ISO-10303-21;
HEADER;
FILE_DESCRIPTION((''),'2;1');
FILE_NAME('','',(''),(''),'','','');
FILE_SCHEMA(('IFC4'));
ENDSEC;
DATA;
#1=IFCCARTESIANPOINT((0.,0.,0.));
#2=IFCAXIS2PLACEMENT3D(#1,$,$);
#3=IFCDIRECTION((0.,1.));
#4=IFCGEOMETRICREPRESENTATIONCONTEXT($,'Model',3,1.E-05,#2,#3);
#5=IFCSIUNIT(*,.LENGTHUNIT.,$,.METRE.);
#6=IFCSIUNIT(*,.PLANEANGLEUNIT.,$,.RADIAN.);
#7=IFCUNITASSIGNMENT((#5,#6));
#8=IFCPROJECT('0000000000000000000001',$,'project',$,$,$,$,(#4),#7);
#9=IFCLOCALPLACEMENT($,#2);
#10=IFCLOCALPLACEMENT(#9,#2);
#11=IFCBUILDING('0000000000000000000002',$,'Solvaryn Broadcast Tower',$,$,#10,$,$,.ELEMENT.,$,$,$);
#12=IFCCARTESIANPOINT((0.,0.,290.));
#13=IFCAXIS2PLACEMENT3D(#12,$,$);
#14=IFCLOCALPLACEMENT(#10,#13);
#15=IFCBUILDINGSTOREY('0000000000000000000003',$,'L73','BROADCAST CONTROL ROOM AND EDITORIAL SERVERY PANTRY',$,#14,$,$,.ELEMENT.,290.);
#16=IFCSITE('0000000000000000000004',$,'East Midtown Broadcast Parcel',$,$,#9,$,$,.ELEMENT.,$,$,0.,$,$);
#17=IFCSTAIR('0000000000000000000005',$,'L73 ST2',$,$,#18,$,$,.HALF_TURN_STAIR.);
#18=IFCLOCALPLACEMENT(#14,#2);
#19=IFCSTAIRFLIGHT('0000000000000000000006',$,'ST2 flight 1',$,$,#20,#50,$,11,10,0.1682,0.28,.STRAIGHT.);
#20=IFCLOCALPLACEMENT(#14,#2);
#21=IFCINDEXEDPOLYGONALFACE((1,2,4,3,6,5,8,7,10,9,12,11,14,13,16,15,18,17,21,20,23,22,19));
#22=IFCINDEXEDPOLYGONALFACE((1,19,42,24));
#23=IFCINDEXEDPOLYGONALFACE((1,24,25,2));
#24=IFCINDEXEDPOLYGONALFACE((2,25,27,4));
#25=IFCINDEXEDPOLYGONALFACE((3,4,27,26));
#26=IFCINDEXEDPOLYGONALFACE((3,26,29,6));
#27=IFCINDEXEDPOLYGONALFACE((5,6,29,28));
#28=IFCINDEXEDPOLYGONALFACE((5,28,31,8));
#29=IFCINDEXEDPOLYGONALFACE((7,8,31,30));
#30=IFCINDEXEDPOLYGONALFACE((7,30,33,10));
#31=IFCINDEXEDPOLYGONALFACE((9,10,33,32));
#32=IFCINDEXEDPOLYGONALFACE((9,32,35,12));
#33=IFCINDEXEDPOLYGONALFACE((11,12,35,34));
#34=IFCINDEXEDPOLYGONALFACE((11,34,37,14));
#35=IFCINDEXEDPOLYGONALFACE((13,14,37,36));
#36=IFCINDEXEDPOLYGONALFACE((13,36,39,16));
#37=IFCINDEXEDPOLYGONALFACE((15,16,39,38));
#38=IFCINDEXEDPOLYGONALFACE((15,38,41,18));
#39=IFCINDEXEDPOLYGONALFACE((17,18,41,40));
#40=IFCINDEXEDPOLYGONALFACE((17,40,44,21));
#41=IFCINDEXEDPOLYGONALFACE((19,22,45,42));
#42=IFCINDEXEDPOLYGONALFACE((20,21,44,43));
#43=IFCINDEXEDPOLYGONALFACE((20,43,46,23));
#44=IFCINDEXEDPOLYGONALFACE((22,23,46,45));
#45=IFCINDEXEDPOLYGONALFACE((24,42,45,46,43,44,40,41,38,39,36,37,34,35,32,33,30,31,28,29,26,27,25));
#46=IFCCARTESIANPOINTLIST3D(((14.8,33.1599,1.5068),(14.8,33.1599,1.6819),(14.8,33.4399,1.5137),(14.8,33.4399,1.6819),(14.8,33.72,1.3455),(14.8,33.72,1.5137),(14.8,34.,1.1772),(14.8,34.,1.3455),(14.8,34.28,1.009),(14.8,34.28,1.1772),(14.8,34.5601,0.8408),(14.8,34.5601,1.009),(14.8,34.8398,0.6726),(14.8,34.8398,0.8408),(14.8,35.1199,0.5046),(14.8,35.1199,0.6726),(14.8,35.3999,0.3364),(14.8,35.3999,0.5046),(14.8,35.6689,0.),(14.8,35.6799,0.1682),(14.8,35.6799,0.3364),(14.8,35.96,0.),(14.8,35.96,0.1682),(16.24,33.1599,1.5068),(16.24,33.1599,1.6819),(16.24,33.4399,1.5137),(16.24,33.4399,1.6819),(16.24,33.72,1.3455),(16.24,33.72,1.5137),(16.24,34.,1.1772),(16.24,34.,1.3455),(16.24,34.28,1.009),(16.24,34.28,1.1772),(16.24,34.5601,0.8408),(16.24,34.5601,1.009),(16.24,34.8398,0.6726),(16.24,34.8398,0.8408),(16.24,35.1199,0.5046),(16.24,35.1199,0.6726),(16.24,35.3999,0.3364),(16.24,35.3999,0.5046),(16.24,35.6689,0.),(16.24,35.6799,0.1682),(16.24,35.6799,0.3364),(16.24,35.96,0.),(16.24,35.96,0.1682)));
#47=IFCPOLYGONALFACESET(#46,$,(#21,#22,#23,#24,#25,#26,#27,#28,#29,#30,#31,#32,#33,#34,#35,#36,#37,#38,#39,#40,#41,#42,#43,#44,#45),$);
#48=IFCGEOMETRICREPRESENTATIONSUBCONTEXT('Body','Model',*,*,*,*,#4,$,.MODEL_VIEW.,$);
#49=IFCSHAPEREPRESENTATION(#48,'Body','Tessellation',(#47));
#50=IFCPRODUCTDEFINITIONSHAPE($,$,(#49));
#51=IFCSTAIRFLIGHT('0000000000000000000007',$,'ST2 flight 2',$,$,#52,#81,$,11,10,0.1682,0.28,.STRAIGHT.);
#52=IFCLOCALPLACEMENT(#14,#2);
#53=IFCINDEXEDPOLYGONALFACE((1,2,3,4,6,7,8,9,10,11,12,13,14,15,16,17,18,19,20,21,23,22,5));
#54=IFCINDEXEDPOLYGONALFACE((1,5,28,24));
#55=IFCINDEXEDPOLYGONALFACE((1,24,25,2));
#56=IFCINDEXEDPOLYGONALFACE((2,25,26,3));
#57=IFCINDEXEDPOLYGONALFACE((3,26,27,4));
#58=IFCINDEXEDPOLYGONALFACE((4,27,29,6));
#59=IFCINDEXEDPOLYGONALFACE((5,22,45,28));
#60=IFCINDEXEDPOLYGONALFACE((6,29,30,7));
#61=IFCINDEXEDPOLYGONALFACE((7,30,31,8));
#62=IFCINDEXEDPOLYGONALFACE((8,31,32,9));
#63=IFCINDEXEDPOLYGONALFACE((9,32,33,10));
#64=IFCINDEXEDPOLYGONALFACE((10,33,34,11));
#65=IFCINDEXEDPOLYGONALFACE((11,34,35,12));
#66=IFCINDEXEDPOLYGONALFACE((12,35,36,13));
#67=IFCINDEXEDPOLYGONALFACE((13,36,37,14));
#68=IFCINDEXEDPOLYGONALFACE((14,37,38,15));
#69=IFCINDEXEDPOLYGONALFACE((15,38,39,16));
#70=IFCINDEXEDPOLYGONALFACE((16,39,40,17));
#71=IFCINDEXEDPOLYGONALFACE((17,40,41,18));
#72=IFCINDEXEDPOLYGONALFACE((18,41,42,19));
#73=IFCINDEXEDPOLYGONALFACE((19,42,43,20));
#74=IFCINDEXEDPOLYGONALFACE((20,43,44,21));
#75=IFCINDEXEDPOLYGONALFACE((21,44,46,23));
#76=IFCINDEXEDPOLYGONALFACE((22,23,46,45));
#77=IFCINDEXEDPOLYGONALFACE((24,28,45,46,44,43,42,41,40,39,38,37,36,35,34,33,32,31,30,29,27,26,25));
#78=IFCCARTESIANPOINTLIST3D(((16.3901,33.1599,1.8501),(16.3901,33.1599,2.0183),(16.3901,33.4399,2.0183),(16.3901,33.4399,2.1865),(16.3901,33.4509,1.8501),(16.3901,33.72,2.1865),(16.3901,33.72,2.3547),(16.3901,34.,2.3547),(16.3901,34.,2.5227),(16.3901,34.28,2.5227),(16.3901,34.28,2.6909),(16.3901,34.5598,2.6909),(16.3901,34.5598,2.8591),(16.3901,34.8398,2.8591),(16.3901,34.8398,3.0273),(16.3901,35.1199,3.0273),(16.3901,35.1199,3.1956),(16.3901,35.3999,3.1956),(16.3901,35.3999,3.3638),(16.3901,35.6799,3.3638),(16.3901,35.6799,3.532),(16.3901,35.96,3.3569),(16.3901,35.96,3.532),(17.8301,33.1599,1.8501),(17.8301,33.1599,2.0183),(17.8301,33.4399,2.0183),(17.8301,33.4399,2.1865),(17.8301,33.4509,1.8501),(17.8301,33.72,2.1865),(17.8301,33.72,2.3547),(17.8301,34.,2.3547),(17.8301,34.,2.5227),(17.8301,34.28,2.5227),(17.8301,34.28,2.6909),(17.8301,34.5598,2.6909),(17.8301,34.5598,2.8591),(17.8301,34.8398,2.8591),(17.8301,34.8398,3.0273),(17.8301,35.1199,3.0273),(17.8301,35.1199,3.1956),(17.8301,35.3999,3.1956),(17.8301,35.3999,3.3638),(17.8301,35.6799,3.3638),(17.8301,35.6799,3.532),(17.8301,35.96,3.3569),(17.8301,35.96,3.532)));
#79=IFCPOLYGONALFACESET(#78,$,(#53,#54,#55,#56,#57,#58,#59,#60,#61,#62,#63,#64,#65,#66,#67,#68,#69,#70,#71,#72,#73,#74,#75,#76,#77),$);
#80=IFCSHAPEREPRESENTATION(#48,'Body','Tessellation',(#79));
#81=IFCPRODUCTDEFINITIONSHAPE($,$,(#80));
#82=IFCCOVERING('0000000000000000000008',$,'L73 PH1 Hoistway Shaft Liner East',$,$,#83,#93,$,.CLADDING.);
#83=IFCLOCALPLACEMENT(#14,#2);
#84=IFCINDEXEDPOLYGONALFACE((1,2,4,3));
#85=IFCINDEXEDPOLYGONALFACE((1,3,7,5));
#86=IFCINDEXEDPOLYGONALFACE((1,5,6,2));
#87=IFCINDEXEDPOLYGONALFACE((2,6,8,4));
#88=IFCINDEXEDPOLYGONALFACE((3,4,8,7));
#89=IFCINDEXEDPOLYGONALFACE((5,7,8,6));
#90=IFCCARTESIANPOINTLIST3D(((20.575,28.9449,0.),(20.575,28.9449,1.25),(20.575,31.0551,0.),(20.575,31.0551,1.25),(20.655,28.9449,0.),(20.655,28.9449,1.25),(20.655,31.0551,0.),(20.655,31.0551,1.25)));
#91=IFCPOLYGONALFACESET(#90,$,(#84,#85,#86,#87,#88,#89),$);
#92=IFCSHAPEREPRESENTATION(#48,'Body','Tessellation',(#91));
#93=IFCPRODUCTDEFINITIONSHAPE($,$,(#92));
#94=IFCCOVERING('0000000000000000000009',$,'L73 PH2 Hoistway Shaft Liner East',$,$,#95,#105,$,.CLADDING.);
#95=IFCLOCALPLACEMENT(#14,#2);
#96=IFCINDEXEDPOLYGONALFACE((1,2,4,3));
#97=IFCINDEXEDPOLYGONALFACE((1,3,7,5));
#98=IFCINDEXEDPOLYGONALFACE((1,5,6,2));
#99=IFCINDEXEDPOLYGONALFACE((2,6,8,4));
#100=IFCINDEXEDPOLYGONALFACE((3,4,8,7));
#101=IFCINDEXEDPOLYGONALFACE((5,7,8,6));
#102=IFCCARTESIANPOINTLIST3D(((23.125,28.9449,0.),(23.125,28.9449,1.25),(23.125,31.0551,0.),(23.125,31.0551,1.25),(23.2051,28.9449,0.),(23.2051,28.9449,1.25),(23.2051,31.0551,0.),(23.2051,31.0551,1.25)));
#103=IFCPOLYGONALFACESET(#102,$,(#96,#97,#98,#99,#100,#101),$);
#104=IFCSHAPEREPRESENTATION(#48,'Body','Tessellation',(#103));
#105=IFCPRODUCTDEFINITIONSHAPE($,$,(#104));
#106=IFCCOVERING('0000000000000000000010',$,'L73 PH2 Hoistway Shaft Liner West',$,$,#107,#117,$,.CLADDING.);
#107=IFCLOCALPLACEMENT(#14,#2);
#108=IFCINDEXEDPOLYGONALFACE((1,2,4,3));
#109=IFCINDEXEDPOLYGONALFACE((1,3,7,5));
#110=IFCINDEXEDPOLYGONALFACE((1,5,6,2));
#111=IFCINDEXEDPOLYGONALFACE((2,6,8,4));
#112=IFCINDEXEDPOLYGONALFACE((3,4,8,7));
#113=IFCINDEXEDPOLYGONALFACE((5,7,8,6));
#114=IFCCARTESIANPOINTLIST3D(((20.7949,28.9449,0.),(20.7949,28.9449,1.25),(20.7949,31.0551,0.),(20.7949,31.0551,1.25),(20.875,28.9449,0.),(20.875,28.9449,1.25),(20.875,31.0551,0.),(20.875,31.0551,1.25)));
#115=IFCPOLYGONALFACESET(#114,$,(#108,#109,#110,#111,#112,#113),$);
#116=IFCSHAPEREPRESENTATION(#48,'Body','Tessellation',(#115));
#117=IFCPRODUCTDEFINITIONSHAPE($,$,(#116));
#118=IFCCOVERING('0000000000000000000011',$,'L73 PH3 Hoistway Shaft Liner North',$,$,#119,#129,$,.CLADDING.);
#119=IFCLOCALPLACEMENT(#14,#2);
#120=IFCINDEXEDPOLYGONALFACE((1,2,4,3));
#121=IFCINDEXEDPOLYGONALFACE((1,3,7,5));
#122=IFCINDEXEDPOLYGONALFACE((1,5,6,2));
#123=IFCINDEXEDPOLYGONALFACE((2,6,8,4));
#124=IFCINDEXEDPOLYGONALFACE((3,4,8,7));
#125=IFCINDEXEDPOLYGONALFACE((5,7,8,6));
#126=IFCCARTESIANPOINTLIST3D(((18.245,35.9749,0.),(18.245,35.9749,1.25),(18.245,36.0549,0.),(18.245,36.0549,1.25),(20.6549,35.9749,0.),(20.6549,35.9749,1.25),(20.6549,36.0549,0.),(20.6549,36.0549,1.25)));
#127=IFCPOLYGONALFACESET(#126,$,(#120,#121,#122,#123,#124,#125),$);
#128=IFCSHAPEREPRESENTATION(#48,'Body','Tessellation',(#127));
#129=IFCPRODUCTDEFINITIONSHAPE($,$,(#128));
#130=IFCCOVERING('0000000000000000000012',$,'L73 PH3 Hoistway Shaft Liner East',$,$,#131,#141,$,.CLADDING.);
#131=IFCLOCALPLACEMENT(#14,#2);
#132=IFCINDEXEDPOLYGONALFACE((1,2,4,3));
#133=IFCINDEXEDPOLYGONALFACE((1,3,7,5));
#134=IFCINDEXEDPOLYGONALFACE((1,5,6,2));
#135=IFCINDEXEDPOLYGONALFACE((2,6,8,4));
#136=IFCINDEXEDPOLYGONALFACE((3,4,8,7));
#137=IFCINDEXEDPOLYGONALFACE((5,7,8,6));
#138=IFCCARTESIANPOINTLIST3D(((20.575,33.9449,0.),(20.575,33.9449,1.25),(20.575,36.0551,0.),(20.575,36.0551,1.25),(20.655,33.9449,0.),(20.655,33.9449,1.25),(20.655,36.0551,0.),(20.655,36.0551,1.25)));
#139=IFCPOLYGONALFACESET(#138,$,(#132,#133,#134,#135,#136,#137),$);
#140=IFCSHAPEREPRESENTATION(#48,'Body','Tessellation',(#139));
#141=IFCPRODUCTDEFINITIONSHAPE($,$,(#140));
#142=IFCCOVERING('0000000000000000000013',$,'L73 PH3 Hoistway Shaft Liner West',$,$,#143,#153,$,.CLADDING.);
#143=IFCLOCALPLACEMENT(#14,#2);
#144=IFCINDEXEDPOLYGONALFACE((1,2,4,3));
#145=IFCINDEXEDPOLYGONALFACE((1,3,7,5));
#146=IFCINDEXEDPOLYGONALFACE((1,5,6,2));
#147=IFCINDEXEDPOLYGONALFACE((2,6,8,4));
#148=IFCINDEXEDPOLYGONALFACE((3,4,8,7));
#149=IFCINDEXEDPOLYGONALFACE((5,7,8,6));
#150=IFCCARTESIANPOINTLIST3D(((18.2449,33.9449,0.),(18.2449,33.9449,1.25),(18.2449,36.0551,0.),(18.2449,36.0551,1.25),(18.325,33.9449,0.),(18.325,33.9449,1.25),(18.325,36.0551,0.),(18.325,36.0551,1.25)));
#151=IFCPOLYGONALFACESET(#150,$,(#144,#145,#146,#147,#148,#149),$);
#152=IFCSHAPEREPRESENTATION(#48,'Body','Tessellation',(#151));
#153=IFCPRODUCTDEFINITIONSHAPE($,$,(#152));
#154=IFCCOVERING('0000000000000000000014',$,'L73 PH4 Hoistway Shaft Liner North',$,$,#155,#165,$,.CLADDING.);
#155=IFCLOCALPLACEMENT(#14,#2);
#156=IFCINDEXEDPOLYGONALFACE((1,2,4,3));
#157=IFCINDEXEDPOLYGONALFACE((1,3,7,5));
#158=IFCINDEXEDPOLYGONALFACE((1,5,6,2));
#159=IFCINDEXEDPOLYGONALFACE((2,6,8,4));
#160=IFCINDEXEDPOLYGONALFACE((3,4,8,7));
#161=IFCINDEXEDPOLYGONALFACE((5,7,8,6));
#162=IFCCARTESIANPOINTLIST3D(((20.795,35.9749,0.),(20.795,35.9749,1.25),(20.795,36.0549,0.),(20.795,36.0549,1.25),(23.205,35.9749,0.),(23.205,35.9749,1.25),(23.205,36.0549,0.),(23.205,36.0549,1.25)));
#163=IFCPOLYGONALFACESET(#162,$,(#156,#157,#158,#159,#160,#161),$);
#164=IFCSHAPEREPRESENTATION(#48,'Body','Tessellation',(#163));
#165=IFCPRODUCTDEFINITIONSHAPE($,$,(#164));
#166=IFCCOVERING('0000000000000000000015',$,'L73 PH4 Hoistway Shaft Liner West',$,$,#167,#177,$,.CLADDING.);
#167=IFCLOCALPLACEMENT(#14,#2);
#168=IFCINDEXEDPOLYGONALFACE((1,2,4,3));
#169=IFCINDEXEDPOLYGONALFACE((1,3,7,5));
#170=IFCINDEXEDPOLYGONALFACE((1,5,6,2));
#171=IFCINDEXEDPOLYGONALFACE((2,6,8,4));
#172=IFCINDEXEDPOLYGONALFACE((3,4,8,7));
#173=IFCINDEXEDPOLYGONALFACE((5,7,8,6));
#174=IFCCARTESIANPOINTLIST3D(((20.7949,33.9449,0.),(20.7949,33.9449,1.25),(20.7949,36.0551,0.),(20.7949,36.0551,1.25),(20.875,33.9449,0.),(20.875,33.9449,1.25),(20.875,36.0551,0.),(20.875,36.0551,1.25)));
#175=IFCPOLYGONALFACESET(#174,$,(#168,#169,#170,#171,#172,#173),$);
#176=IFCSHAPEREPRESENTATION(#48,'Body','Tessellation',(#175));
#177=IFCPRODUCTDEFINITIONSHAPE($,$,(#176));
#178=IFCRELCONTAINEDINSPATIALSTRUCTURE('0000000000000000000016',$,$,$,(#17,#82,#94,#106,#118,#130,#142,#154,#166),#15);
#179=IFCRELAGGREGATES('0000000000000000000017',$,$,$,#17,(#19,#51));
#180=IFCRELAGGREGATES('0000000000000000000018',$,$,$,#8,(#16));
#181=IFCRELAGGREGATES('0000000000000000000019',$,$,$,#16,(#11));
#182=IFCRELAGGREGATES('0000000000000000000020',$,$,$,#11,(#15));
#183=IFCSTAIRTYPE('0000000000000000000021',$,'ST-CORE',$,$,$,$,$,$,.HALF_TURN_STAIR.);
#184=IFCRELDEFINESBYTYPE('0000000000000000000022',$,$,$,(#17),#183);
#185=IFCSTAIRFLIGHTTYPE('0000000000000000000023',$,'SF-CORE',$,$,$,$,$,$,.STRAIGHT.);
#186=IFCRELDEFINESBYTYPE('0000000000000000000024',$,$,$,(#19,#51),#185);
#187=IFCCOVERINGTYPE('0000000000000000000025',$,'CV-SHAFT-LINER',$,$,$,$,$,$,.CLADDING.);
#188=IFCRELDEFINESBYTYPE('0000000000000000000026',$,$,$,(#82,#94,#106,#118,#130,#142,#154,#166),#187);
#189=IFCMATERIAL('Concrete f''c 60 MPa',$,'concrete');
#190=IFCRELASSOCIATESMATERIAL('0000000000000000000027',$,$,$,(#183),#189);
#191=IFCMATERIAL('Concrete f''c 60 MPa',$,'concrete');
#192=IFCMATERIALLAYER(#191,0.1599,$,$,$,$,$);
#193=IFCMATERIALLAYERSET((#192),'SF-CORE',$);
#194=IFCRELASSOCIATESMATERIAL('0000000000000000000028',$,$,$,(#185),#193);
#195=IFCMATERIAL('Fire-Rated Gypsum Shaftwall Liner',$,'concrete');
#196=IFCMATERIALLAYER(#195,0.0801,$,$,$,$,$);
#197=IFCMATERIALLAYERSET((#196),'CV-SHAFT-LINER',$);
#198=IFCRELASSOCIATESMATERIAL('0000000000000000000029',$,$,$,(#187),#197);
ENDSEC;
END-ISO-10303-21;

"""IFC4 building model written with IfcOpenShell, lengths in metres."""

from ifc_helpers import new_model, si_unit, direction, frame, origin, origin_2d, place, context, subcontext, project, spatial, polyline, rectangle, outline, extrude, material, layer, layer_set, type_object, element, aggregate, save


model = new_model("IFC4")

# Units and contexts
model_context = context("Model", 3, precision=1e-05, world=origin(), true_north=direction((0.0, 1.0)))
body_context = subcontext(model_context, "Body", "Model", "MODEL_VIEW")
ifc_project = project(units=[si_unit("LENGTHUNIT", "METRE"), si_unit("PLANEANGLEUNIT", "RADIAN")], contexts=[model_context])

# Site, building, storey
site_placement = place(None, origin())
site = spatial("IfcSite", under=ifc_project, at=site_placement, Name="East Midtown Broadcast Parcel", CompositionType="ELEMENT", RefElevation=0.0)
building_placement = place(site_placement, origin())
building = spatial("IfcBuilding", under=site, at=building_placement, Name="Solvaryn Broadcast Tower", CompositionType="ELEMENT")
storey_placement = place(building_placement, frame((0.0, 0.0, 290.0)))
storey = spatial("IfcBuildingStorey", under=building, at=storey_placement, Name="L73", Description="BROADCAST CONTROL ROOM AND EDITORIAL SERVERY PANTRY", CompositionType="ELEMENT", Elevation=290.0)

# Stair, stair flights
ifc_material_1 = material(Name="Concrete f'c 60 MPa", Category="concrete")
stair_type = type_object("IfcStairType", Name="ST-CORE", PredefinedType="HALF_TURN_STAIR", material=ifc_material_1)
stair_placement = place(storey_placement, origin())
stair = element("IfcStair", 1, at=stair_placement, inside=storey, type_object=stair_type, Name="L73 ST2", PredefinedType="HALF_TURN_STAIR")
ifc_material_2 = material(Name="Concrete f'c 60 MPa", Category="concrete")
ifc_layer_1 = layer(ifc_material_2, 0.1599)
ifc_layer_set_1 = layer_set([ifc_layer_1], Name="SF-CORE")
stair_flight_type = type_object("IfcStairFlightType", Name="SF-CORE", PredefinedType="STRAIGHT", material=ifc_layer_set_1)
stair_flight_1_placement = place(storey_placement, frame((15.52, 35.96, 0.0), z_axis=(0.0, 0.0, 1.0), x_axis=(0.0, -1.0, 0.0)))
stair_flight_1 = element("IfcStairFlight", 2, at=stair_flight_1_placement, type_object=stair_flight_type, Name="ST2 flight 1", NumberOfRisers=11, NumberOfTreads=10, PredefinedType="STRAIGHT", RiserHeight=0.1682, TreadLength=0.28, context=body_context, shape_type="SweptSolid", body=[
    extrude(outline(polyline([(0.0, 0.0), (0.0, 0.1682), (0.28, 0.1682), (0.28, 0.3364), (0.5601, 0.3364), (0.5601, 0.5046), (0.8401, 0.5046), (0.8401, 0.6726), (1.1201, 0.6726), (1.1201, 0.8408), (1.3999, 0.8408), (1.3999, 1.009), (1.6799, 1.009), (1.6799, 1.1772), (1.96, 1.1772), (1.96, 1.3455), (2.24, 1.3455), (2.24, 1.5137), (2.52, 1.5137), (2.52, 1.6819), (2.8, 1.6819), (2.8, 1.8501), (2.8, 1.5068), (0.291, 0.0), (0.0, 0.0)])), frame((0.0, 0.72, 0.0), z_axis=(0.0, -1.0, 0.0), x_axis=(1.0, 0.0, 0.0)), (0.0, 0.0, 1.0), 1.4399),
])
stair_flight_2_placement = place(storey_placement, frame((17.1101, 33.1599, 1.8501), z_axis=(0.0, 0.0, 1.0), x_axis=(0.0, 1.0, 0.0)))
stair_flight_2 = element("IfcStairFlight", 3, at=stair_flight_2_placement, type_object=stair_flight_type, Name="ST2 flight 2", NumberOfRisers=11, NumberOfTreads=10, PredefinedType="STRAIGHT", RiserHeight=0.1682, TreadLength=0.28, context=body_context, shape_type="SweptSolid", body=[
    extrude(outline(polyline([(0.0, 0.0), (0.0, 0.1682), (0.28, 0.1682), (0.28, 0.3364), (0.5601, 0.3364), (0.5601, 0.5046), (0.8401, 0.5046), (0.8401, 0.6726), (1.1201, 0.6726), (1.1201, 0.8408), (1.3999, 0.8408), (1.3999, 1.009), (1.6799, 1.009), (1.6799, 1.1772), (1.96, 1.1772), (1.96, 1.3455), (2.24, 1.3455), (2.24, 1.5137), (2.52, 1.5137), (2.52, 1.6819), (2.8, 1.6819), (2.8, 1.8501), (2.8, 1.5068), (0.291, 0.0), (0.0, 0.0)])), frame((0.0, 0.72, 0.0), z_axis=(0.0, -1.0, 0.0), x_axis=(1.0, 0.0, 0.0)), (0.0, 0.0, 1.0), 1.4399),
])
aggregate(stair, [stair_flight_1, stair_flight_2])

# Coverings
ifc_material_3 = material(Name="Fire-Rated Gypsum Shaftwall Liner", Category="concrete")
ifc_layer_2 = layer(ifc_material_3, 0.0801)
ifc_layer_set_2 = layer_set([ifc_layer_2], Name="CV-SHAFT-LINER")
covering_type = type_object("IfcCoveringType", Name="CV-SHAFT-LINER", PredefinedType="CLADDING", material=ifc_layer_set_2)
for number, where, z_axis, x_axis, name in (
    (4, (20.615, 30.0, 0.0), (0.0, 0.0, 1.0), (1.0, 0.0, 0.0), "L73 PH1 Hoistway Shaft Liner East"),
    (5, (23.165, 30.0, 0.0), (0.0, 0.0, 1.0), (1.0, 0.0, 0.0), "L73 PH2 Hoistway Shaft Liner East"),
    (6, (20.835, 30.0, 0.0), (0.0, 0.0, 1.0), (1.0, 0.0, 0.0), "L73 PH2 Hoistway Shaft Liner West"),
):
    element("IfcCovering", number, at=place(storey_placement, frame(where, z_axis=z_axis, x_axis=x_axis)), inside=storey, type_object=covering_type, Name=name, PredefinedType="CLADDING", context=body_context, shape_type="SweptSolid", body=[
        extrude(rectangle(XDim=0.0801, YDim=2.1101, at=origin_2d()), origin(), (0.0, 0.0, 1.0), 1.25),
    ])
covering_1_placement = place(storey_placement, frame((19.45, 36.0149, 0.0), z_axis=(0.0, 0.0, 1.0), x_axis=(1.0, 0.0, 0.0)))
element("IfcCovering", 7, at=covering_1_placement, inside=storey, type_object=covering_type, Name="L73 PH3 Hoistway Shaft Liner North", PredefinedType="CLADDING", context=body_context, shape_type="SweptSolid", body=[
    extrude(rectangle(XDim=2.4099, YDim=0.0801, at=origin_2d()), origin(), (0.0, 0.0, 1.0), 1.25),
])
for number, where, z_axis, x_axis, name in (
    (8, (20.615, 35.0, 0.0), (0.0, 0.0, 1.0), (1.0, 0.0, 0.0), "L73 PH3 Hoistway Shaft Liner East"),
    (9, (18.2849, 35.0, 0.0), (0.0, 0.0, 1.0), (1.0, 0.0, 0.0), "L73 PH3 Hoistway Shaft Liner West"),
):
    element("IfcCovering", number, at=place(storey_placement, frame(where, z_axis=z_axis, x_axis=x_axis)), inside=storey, type_object=covering_type, Name=name, PredefinedType="CLADDING", context=body_context, shape_type="SweptSolid", body=[
        extrude(rectangle(XDim=0.0801, YDim=2.1101, at=origin_2d()), origin(), (0.0, 0.0, 1.0), 1.25),
    ])
covering_2_placement = place(storey_placement, frame((22.0, 36.0149, 0.0), z_axis=(0.0, 0.0, 1.0), x_axis=(1.0, 0.0, 0.0)))
element("IfcCovering", 10, at=covering_2_placement, inside=storey, type_object=covering_type, Name="L73 PH4 Hoistway Shaft Liner North", PredefinedType="CLADDING", context=body_context, shape_type="SweptSolid", body=[
    extrude(rectangle(XDim=2.4099, YDim=0.0801, at=origin_2d()), origin(), (0.0, 0.0, 1.0), 1.25),
])
covering_3_placement = place(storey_placement, frame((20.835, 35.0, 0.0), z_axis=(0.0, 0.0, 1.0), x_axis=(1.0, 0.0, 0.0)))
element("IfcCovering", 11, at=covering_3_placement, inside=storey, type_object=covering_type, Name="L73 PH4 Hoistway Shaft Liner West", PredefinedType="CLADDING", context=body_context, shape_type="SweptSolid", body=[
    extrude(rectangle(XDim=0.0801, YDim=2.1101, at=origin_2d()), origin(), (0.0, 0.0, 1.0), 1.25),
])

save(model, "model.ifc")
